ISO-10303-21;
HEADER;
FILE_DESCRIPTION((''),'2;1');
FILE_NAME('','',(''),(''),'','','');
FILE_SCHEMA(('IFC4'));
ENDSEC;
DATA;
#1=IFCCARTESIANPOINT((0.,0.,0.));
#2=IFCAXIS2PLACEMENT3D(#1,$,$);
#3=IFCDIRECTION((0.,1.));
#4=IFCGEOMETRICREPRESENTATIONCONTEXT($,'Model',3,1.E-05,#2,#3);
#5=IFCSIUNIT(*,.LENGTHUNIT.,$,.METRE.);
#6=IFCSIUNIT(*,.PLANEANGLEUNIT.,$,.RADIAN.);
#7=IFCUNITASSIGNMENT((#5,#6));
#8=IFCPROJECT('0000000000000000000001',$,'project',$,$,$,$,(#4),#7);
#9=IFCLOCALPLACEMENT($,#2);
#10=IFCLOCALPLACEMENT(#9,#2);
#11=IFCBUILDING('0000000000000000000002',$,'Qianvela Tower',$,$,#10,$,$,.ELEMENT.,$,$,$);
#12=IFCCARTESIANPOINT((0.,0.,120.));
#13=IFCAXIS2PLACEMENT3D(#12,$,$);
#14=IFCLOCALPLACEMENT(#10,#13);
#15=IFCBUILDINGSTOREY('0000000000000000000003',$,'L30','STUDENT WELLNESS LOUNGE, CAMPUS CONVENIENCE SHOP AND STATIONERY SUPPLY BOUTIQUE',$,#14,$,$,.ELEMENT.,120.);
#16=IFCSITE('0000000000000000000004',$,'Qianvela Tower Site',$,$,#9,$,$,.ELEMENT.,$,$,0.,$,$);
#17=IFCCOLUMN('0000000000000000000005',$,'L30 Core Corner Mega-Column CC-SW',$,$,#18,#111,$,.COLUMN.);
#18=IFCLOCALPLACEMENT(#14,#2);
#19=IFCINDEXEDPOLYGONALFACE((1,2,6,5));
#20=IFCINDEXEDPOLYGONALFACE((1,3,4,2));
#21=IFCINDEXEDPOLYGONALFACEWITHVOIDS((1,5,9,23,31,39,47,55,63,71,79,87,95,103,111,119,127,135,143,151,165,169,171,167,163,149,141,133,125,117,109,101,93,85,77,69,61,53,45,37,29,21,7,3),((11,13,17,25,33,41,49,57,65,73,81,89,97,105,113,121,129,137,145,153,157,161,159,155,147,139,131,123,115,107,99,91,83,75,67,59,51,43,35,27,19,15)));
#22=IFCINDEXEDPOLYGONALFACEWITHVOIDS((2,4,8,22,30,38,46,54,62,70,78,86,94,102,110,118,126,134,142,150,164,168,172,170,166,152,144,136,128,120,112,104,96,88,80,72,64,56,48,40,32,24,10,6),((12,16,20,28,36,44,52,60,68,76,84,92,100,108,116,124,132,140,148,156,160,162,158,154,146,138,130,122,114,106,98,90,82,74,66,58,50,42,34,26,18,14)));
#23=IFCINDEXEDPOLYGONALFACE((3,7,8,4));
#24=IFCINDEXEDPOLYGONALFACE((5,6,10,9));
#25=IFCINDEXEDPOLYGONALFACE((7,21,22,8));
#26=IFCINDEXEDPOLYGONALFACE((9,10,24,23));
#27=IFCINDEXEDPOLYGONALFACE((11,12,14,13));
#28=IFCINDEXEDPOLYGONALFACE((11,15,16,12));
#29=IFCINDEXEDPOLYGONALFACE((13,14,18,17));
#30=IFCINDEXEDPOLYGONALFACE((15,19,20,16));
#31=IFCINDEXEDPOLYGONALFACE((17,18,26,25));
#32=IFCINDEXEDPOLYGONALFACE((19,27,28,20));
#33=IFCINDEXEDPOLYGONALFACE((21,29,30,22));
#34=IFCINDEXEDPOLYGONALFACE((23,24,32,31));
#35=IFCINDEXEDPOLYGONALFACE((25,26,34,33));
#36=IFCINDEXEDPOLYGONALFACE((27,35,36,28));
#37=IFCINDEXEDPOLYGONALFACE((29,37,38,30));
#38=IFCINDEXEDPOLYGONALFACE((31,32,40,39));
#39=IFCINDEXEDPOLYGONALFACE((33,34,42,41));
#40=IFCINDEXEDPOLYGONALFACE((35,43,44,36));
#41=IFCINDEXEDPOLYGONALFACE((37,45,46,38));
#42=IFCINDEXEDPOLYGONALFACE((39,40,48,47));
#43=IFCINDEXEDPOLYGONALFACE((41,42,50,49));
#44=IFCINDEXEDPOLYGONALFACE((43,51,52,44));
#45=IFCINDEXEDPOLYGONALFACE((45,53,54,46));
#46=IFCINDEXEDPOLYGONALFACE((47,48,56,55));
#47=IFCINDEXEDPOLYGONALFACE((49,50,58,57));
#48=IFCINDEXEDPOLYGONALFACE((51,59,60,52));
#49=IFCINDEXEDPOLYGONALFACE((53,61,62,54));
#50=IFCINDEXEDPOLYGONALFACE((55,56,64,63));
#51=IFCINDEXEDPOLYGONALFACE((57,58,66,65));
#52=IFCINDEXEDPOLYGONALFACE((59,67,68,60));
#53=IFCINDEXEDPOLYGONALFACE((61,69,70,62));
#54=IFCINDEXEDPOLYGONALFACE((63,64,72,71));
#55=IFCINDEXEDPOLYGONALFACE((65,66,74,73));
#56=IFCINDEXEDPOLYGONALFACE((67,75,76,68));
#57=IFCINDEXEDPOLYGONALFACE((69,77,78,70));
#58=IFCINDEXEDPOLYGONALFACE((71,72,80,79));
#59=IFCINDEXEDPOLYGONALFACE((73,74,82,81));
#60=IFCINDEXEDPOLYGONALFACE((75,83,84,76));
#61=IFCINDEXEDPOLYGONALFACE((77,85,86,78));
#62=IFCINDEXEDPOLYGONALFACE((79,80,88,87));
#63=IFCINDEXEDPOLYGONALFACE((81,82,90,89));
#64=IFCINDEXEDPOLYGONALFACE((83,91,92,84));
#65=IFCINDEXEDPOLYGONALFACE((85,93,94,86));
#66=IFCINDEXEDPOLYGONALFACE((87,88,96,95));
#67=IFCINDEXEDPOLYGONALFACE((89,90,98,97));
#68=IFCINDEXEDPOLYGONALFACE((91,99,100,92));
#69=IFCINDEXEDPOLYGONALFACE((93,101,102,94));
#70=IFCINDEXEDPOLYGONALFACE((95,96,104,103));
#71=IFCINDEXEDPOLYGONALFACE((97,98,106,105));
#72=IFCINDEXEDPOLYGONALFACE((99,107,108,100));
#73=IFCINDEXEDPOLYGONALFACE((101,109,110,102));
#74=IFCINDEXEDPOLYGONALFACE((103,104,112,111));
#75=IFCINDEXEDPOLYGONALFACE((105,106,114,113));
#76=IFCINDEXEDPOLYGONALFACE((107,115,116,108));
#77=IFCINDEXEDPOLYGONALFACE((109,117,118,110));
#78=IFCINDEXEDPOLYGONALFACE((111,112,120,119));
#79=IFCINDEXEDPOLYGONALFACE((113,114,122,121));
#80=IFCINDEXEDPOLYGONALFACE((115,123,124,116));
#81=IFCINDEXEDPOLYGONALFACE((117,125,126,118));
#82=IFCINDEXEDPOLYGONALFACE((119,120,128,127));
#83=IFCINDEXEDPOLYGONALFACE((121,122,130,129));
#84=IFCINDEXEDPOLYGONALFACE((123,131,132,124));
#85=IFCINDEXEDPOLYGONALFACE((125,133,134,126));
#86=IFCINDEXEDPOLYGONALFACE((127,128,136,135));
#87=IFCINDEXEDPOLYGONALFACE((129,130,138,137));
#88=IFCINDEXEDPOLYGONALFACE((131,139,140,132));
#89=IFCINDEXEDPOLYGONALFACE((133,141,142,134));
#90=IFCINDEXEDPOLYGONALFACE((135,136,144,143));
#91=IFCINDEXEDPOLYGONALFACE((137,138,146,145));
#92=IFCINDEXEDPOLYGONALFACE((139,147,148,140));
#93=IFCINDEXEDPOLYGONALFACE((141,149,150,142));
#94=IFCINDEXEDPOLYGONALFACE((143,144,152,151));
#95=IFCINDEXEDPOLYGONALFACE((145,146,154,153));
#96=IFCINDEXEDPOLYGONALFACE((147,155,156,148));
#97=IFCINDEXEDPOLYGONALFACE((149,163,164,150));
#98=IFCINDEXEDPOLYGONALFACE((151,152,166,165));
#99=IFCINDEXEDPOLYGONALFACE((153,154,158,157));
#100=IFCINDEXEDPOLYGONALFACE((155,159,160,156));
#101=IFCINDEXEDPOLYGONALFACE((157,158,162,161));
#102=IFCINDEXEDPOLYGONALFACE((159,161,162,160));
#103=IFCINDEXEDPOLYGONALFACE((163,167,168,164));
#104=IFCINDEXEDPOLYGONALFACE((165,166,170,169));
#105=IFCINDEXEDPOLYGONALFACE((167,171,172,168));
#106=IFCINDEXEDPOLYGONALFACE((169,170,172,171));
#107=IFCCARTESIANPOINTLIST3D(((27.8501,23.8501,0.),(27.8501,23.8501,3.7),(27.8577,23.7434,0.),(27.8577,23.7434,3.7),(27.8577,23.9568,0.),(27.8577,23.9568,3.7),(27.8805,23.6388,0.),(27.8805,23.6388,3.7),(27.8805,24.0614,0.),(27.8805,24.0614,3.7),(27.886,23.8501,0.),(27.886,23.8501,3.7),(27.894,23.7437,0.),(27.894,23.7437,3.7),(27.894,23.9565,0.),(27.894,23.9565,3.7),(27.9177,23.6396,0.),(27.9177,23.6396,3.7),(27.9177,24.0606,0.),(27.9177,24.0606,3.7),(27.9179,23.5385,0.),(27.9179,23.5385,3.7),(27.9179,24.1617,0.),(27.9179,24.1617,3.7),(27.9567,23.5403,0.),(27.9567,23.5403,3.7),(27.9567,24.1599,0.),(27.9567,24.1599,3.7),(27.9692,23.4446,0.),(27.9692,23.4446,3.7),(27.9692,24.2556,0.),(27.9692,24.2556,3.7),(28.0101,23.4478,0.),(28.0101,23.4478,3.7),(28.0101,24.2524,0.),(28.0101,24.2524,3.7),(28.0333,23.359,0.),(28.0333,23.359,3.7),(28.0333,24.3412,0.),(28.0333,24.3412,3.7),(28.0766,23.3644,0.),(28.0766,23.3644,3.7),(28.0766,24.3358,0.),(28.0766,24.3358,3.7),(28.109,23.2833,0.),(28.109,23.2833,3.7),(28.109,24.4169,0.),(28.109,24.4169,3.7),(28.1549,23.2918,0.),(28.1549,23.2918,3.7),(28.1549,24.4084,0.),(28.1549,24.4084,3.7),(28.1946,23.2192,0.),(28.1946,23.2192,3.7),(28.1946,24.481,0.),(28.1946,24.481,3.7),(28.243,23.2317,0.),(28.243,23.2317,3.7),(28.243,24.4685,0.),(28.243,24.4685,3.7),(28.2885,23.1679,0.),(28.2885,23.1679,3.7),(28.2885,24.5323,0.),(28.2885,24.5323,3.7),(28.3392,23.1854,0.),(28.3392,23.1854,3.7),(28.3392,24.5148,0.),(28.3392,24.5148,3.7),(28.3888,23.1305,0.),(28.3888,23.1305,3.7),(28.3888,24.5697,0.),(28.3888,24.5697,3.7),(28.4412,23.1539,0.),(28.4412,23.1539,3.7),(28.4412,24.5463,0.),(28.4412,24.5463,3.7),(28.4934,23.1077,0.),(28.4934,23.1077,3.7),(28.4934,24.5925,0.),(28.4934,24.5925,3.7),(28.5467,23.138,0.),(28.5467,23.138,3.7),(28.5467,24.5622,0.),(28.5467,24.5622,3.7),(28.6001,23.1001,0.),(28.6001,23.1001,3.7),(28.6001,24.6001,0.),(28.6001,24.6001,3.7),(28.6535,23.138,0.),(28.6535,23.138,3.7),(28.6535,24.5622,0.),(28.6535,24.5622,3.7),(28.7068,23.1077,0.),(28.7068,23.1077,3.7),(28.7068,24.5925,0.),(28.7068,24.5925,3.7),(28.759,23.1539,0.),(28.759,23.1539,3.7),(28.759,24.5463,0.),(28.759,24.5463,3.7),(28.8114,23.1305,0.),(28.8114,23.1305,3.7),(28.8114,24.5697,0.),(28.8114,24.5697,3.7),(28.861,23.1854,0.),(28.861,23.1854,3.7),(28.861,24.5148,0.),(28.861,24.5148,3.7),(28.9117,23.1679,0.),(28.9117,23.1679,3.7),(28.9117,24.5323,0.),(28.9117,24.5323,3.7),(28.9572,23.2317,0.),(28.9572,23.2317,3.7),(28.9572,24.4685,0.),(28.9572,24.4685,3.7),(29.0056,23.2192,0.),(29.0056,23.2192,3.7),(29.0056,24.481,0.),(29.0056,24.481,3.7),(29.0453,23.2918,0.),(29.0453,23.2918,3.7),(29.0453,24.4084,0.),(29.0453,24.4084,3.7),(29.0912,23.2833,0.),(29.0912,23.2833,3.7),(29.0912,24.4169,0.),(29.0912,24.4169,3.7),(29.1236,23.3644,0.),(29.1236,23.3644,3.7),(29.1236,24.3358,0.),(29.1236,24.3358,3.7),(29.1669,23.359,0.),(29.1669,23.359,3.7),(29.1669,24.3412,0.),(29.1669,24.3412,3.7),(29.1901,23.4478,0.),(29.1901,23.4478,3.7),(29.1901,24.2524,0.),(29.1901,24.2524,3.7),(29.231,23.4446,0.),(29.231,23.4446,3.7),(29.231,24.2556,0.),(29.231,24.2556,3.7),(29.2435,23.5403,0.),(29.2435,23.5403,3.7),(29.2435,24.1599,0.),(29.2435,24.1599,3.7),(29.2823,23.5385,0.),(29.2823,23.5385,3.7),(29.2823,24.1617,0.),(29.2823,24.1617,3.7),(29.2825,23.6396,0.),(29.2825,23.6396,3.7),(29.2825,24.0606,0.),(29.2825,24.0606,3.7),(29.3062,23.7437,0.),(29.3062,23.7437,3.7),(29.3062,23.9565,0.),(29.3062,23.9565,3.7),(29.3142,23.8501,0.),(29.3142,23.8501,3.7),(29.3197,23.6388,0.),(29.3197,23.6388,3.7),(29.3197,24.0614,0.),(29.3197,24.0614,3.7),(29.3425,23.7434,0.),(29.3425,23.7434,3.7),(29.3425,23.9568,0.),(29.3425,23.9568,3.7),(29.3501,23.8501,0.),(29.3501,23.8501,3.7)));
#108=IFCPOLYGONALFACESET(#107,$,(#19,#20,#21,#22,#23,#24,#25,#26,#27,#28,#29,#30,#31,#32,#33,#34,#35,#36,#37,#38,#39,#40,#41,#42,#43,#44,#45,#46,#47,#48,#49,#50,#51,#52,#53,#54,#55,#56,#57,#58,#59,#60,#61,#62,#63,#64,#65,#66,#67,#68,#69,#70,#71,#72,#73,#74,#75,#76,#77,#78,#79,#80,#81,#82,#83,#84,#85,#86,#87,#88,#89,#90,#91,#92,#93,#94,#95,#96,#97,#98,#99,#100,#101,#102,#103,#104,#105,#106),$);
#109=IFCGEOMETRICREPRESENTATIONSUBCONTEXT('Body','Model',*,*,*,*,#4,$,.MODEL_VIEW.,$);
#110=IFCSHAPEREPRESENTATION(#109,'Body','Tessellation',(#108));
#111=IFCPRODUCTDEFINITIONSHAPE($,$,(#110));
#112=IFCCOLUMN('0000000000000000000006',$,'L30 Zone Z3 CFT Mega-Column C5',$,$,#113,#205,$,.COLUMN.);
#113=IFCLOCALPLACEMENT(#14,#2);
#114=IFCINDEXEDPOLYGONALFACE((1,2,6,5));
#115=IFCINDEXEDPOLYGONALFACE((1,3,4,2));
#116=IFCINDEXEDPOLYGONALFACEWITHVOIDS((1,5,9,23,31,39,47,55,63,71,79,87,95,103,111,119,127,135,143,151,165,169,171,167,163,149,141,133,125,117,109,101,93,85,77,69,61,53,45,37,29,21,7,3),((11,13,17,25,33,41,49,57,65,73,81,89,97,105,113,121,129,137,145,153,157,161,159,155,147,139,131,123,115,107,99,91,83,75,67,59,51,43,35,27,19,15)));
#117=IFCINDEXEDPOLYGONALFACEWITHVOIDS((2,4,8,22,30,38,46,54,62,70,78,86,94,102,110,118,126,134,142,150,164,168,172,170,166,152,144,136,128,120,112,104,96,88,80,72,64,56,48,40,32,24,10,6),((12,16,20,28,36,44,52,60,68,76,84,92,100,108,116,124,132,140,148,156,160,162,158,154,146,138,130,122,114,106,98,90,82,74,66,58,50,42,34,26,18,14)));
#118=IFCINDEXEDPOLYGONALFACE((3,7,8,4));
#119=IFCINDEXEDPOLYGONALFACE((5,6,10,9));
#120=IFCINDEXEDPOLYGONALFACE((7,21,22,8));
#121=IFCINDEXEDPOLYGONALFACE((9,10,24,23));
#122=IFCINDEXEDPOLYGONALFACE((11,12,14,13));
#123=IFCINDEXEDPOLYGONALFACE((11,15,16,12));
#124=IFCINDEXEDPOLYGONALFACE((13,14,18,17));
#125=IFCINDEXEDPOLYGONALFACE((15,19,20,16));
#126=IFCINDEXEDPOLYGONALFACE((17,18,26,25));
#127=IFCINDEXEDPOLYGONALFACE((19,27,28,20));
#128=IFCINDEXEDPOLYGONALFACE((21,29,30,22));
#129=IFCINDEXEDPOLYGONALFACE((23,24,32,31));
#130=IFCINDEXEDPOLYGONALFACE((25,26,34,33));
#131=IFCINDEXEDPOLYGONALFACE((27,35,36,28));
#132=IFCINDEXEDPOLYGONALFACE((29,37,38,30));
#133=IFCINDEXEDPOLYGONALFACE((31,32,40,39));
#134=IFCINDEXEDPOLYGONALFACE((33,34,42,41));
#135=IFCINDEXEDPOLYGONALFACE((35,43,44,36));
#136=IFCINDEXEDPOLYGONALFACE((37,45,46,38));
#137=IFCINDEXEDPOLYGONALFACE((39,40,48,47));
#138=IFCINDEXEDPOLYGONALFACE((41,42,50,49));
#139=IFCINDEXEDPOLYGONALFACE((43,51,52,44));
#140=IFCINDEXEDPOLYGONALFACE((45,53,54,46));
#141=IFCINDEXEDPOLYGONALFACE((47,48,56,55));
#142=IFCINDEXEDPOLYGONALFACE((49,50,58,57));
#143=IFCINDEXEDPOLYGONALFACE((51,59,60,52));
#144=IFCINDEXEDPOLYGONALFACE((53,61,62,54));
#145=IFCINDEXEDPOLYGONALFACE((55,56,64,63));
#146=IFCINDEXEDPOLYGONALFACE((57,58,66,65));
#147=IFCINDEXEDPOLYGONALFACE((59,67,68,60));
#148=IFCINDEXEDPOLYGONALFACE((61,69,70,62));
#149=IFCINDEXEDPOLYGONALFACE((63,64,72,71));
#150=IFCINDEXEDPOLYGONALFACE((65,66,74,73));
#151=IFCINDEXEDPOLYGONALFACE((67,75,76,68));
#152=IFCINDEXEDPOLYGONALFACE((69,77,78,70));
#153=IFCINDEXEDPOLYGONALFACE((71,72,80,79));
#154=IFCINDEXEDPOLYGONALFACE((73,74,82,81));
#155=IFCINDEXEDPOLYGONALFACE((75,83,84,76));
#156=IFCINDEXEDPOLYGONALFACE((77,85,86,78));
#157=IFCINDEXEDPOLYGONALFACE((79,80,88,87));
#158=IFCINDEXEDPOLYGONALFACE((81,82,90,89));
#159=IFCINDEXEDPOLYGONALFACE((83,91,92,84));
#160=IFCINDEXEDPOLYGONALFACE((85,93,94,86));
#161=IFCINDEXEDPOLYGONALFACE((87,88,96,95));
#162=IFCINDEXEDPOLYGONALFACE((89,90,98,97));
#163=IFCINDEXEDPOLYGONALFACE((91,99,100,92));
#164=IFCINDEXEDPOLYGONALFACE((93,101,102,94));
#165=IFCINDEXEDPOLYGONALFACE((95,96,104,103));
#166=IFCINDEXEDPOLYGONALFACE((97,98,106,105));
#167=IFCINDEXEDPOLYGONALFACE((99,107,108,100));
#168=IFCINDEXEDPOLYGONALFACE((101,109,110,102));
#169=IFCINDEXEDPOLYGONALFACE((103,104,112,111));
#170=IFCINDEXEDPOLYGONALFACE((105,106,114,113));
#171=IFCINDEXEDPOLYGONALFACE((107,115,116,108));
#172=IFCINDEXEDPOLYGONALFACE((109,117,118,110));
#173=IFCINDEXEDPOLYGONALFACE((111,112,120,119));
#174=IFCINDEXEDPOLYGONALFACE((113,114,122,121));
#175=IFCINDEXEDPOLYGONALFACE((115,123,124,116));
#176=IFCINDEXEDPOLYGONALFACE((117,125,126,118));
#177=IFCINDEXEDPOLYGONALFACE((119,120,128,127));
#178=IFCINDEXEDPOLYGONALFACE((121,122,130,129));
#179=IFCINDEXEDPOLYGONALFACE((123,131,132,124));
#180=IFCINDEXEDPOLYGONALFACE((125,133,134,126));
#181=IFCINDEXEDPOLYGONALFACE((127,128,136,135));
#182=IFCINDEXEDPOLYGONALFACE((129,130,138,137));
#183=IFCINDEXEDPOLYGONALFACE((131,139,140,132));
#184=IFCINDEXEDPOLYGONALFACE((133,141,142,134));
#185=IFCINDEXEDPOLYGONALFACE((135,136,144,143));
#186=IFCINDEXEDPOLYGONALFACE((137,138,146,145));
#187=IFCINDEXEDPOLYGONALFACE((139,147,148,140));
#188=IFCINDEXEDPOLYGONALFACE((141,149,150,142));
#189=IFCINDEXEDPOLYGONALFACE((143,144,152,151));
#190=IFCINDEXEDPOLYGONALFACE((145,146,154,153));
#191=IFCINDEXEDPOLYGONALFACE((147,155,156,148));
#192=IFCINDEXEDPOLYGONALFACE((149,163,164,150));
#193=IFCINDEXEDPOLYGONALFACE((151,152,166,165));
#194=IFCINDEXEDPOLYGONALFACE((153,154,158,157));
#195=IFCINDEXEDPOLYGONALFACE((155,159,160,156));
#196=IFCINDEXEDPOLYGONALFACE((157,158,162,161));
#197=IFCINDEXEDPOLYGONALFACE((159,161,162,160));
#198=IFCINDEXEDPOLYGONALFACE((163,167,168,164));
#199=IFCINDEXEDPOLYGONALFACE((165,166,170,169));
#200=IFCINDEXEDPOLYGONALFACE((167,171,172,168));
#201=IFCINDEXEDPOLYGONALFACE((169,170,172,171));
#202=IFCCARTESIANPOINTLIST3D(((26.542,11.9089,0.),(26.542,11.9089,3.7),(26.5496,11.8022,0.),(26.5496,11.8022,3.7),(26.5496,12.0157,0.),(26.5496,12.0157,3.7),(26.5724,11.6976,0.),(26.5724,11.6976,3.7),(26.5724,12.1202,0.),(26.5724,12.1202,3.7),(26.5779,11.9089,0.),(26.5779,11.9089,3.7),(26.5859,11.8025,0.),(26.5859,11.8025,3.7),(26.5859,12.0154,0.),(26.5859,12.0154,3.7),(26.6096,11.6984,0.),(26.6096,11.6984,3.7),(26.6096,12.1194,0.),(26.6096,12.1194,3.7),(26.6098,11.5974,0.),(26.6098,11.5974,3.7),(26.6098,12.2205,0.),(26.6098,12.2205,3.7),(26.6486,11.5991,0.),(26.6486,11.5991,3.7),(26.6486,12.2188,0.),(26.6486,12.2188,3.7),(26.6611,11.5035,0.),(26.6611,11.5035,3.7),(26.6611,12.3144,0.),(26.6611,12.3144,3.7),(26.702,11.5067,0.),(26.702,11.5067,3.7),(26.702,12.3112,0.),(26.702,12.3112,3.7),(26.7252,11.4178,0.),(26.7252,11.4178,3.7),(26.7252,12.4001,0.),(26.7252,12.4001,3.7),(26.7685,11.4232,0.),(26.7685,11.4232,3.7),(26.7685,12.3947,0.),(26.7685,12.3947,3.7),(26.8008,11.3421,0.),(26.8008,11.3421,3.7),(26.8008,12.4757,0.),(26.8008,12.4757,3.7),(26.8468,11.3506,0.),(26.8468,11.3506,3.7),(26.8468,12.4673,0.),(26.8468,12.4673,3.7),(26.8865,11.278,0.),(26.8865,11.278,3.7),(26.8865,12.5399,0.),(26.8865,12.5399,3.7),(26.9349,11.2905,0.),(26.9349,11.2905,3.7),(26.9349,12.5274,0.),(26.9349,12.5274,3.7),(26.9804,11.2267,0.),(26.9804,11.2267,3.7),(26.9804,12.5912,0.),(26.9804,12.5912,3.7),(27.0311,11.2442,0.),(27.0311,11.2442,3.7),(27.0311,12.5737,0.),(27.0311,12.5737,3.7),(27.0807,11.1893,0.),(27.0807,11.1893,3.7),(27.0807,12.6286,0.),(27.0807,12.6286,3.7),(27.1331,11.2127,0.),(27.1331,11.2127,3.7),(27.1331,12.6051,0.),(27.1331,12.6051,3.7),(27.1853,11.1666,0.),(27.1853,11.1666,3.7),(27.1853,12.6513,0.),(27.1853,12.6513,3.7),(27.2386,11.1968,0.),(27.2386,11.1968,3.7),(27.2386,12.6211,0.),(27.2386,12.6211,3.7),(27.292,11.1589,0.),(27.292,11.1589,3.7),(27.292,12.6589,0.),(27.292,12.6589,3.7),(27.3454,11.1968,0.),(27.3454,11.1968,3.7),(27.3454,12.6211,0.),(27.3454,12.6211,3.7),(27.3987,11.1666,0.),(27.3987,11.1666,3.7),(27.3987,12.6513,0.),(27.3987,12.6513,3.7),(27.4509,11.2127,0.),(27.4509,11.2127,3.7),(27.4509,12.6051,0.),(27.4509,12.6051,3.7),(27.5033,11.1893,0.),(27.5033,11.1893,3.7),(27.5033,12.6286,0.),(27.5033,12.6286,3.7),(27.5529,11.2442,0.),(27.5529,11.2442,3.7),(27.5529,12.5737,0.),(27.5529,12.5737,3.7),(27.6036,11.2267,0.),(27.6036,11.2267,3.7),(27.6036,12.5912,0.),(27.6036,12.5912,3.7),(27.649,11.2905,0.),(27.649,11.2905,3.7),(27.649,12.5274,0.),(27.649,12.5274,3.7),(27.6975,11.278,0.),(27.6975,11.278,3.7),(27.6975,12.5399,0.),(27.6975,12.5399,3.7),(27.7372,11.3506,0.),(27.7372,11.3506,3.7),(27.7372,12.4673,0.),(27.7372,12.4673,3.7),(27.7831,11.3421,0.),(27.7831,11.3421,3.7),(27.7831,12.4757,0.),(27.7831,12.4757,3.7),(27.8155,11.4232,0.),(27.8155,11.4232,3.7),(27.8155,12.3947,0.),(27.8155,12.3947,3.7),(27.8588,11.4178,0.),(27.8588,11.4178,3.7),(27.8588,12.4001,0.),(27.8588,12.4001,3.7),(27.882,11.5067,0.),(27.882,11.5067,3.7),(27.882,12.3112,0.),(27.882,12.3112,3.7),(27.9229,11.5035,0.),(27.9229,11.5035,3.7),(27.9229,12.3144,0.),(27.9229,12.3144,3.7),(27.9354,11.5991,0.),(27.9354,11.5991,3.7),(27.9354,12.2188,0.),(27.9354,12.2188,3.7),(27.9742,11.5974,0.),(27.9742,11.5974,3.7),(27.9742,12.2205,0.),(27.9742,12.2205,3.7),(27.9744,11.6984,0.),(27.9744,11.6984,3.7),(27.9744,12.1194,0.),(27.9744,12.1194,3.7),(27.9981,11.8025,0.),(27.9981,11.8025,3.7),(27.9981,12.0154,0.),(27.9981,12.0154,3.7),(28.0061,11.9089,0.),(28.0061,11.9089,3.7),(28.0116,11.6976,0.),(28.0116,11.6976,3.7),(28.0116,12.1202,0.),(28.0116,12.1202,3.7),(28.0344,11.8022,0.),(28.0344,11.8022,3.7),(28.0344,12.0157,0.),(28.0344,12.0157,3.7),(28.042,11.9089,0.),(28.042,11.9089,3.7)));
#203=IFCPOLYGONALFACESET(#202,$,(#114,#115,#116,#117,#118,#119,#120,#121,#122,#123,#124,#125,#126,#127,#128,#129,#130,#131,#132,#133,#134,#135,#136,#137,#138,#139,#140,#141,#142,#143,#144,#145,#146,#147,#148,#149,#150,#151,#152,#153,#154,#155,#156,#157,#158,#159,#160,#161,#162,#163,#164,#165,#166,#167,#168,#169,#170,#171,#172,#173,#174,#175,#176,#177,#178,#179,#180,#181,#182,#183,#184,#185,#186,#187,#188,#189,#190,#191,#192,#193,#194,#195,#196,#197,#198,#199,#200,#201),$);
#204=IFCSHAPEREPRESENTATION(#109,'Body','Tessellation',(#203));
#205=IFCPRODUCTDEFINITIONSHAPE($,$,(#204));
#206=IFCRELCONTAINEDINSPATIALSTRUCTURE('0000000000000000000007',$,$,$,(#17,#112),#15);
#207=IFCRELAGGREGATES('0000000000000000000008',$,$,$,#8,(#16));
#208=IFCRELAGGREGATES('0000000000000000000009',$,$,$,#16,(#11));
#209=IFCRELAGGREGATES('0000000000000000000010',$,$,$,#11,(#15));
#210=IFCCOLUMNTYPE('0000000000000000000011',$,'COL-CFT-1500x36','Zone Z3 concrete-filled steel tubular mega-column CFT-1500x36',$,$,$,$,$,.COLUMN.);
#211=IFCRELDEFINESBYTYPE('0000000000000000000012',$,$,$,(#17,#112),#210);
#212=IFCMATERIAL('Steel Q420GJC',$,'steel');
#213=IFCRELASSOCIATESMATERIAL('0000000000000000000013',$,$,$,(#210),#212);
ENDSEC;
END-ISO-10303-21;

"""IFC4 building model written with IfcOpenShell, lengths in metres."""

from ifc_helpers import new_model, si_unit, direction, frame, origin, origin_2d, place, context, subcontext, project, spatial, hollow_circle, extrude, material, material_profile, profile_set, type_object, element, save


model = new_model("IFC4")

# Units and contexts
model_context = context("Model", 3, precision=1e-05, world=origin(), true_north=direction((0.0, 1.0)))
body_context = subcontext(model_context, "Body", "Model", "MODEL_VIEW")
ifc_project = project(units=[si_unit("LENGTHUNIT", "METRE"), si_unit("PLANEANGLEUNIT", "RADIAN")], contexts=[model_context])

# Site, building, storey
site_placement = place(None, origin())
site = spatial("IfcSite", under=ifc_project, at=site_placement, Name="Qianvela Tower Site", CompositionType="ELEMENT", RefElevation=0.0)
building_placement = place(site_placement, origin())
building = spatial("IfcBuilding", under=site, at=building_placement, Name="Qianvela Tower", CompositionType="ELEMENT")
storey_placement = place(building_placement, frame((0.0, 0.0, 120.0)))
storey = spatial("IfcBuildingStorey", under=building, at=storey_placement, Name="L30", Description="STUDENT WELLNESS LOUNGE, CAMPUS CONVENIENCE SHOP AND STATIONERY SUPPLY BOUTIQUE", CompositionType="ELEMENT", Elevation=120.0)

# Columns
ifc_material_1 = material(Name="Steel Q420GJC", Category="steel")
ifc_material_profile_1 = material_profile(ifc_material_1, hollow_circle(Radius=0.75, WallThickness=0.0359, at=origin_2d()), Name="CFT-1500x36")
ifc_profile_set_1 = profile_set([ifc_material_profile_1], Name="Steel Q420GJC")
column_type = type_object("IfcColumnType", Name="COL-CFT-1500x36", Description="Zone Z3 concrete-filled steel tubular mega-column CFT-1500x36", PredefinedType="COLUMN", material=ifc_profile_set_1)
for number, where, z_axis, x_axis, name in (
    (1, (28.6001, 23.8501, 0.0), (0.0, 0.0, 1.0), (1.0, 0.0, 0.0), "L30 Core Corner Mega-Column CC-SW"),
    (2, (27.292, 11.9089, 0.0), (0.0, 0.0, 1.0), (1.0, 0.0, 0.0), "L30 Zone Z3 CFT Mega-Column C5"),
):
    element("IfcColumn", number, at=place(storey_placement, frame(where, z_axis=z_axis, x_axis=x_axis)), inside=storey, type_object=column_type, Name=name, PredefinedType="COLUMN", context=body_context, shape_type="SweptSolid", body=[
        extrude(hollow_circle(Radius=0.75, WallThickness=0.0359, at=origin_2d()), origin(), (0.0, 0.0, 1.0), 3.7),
    ])

save(model, "model.ifc")
